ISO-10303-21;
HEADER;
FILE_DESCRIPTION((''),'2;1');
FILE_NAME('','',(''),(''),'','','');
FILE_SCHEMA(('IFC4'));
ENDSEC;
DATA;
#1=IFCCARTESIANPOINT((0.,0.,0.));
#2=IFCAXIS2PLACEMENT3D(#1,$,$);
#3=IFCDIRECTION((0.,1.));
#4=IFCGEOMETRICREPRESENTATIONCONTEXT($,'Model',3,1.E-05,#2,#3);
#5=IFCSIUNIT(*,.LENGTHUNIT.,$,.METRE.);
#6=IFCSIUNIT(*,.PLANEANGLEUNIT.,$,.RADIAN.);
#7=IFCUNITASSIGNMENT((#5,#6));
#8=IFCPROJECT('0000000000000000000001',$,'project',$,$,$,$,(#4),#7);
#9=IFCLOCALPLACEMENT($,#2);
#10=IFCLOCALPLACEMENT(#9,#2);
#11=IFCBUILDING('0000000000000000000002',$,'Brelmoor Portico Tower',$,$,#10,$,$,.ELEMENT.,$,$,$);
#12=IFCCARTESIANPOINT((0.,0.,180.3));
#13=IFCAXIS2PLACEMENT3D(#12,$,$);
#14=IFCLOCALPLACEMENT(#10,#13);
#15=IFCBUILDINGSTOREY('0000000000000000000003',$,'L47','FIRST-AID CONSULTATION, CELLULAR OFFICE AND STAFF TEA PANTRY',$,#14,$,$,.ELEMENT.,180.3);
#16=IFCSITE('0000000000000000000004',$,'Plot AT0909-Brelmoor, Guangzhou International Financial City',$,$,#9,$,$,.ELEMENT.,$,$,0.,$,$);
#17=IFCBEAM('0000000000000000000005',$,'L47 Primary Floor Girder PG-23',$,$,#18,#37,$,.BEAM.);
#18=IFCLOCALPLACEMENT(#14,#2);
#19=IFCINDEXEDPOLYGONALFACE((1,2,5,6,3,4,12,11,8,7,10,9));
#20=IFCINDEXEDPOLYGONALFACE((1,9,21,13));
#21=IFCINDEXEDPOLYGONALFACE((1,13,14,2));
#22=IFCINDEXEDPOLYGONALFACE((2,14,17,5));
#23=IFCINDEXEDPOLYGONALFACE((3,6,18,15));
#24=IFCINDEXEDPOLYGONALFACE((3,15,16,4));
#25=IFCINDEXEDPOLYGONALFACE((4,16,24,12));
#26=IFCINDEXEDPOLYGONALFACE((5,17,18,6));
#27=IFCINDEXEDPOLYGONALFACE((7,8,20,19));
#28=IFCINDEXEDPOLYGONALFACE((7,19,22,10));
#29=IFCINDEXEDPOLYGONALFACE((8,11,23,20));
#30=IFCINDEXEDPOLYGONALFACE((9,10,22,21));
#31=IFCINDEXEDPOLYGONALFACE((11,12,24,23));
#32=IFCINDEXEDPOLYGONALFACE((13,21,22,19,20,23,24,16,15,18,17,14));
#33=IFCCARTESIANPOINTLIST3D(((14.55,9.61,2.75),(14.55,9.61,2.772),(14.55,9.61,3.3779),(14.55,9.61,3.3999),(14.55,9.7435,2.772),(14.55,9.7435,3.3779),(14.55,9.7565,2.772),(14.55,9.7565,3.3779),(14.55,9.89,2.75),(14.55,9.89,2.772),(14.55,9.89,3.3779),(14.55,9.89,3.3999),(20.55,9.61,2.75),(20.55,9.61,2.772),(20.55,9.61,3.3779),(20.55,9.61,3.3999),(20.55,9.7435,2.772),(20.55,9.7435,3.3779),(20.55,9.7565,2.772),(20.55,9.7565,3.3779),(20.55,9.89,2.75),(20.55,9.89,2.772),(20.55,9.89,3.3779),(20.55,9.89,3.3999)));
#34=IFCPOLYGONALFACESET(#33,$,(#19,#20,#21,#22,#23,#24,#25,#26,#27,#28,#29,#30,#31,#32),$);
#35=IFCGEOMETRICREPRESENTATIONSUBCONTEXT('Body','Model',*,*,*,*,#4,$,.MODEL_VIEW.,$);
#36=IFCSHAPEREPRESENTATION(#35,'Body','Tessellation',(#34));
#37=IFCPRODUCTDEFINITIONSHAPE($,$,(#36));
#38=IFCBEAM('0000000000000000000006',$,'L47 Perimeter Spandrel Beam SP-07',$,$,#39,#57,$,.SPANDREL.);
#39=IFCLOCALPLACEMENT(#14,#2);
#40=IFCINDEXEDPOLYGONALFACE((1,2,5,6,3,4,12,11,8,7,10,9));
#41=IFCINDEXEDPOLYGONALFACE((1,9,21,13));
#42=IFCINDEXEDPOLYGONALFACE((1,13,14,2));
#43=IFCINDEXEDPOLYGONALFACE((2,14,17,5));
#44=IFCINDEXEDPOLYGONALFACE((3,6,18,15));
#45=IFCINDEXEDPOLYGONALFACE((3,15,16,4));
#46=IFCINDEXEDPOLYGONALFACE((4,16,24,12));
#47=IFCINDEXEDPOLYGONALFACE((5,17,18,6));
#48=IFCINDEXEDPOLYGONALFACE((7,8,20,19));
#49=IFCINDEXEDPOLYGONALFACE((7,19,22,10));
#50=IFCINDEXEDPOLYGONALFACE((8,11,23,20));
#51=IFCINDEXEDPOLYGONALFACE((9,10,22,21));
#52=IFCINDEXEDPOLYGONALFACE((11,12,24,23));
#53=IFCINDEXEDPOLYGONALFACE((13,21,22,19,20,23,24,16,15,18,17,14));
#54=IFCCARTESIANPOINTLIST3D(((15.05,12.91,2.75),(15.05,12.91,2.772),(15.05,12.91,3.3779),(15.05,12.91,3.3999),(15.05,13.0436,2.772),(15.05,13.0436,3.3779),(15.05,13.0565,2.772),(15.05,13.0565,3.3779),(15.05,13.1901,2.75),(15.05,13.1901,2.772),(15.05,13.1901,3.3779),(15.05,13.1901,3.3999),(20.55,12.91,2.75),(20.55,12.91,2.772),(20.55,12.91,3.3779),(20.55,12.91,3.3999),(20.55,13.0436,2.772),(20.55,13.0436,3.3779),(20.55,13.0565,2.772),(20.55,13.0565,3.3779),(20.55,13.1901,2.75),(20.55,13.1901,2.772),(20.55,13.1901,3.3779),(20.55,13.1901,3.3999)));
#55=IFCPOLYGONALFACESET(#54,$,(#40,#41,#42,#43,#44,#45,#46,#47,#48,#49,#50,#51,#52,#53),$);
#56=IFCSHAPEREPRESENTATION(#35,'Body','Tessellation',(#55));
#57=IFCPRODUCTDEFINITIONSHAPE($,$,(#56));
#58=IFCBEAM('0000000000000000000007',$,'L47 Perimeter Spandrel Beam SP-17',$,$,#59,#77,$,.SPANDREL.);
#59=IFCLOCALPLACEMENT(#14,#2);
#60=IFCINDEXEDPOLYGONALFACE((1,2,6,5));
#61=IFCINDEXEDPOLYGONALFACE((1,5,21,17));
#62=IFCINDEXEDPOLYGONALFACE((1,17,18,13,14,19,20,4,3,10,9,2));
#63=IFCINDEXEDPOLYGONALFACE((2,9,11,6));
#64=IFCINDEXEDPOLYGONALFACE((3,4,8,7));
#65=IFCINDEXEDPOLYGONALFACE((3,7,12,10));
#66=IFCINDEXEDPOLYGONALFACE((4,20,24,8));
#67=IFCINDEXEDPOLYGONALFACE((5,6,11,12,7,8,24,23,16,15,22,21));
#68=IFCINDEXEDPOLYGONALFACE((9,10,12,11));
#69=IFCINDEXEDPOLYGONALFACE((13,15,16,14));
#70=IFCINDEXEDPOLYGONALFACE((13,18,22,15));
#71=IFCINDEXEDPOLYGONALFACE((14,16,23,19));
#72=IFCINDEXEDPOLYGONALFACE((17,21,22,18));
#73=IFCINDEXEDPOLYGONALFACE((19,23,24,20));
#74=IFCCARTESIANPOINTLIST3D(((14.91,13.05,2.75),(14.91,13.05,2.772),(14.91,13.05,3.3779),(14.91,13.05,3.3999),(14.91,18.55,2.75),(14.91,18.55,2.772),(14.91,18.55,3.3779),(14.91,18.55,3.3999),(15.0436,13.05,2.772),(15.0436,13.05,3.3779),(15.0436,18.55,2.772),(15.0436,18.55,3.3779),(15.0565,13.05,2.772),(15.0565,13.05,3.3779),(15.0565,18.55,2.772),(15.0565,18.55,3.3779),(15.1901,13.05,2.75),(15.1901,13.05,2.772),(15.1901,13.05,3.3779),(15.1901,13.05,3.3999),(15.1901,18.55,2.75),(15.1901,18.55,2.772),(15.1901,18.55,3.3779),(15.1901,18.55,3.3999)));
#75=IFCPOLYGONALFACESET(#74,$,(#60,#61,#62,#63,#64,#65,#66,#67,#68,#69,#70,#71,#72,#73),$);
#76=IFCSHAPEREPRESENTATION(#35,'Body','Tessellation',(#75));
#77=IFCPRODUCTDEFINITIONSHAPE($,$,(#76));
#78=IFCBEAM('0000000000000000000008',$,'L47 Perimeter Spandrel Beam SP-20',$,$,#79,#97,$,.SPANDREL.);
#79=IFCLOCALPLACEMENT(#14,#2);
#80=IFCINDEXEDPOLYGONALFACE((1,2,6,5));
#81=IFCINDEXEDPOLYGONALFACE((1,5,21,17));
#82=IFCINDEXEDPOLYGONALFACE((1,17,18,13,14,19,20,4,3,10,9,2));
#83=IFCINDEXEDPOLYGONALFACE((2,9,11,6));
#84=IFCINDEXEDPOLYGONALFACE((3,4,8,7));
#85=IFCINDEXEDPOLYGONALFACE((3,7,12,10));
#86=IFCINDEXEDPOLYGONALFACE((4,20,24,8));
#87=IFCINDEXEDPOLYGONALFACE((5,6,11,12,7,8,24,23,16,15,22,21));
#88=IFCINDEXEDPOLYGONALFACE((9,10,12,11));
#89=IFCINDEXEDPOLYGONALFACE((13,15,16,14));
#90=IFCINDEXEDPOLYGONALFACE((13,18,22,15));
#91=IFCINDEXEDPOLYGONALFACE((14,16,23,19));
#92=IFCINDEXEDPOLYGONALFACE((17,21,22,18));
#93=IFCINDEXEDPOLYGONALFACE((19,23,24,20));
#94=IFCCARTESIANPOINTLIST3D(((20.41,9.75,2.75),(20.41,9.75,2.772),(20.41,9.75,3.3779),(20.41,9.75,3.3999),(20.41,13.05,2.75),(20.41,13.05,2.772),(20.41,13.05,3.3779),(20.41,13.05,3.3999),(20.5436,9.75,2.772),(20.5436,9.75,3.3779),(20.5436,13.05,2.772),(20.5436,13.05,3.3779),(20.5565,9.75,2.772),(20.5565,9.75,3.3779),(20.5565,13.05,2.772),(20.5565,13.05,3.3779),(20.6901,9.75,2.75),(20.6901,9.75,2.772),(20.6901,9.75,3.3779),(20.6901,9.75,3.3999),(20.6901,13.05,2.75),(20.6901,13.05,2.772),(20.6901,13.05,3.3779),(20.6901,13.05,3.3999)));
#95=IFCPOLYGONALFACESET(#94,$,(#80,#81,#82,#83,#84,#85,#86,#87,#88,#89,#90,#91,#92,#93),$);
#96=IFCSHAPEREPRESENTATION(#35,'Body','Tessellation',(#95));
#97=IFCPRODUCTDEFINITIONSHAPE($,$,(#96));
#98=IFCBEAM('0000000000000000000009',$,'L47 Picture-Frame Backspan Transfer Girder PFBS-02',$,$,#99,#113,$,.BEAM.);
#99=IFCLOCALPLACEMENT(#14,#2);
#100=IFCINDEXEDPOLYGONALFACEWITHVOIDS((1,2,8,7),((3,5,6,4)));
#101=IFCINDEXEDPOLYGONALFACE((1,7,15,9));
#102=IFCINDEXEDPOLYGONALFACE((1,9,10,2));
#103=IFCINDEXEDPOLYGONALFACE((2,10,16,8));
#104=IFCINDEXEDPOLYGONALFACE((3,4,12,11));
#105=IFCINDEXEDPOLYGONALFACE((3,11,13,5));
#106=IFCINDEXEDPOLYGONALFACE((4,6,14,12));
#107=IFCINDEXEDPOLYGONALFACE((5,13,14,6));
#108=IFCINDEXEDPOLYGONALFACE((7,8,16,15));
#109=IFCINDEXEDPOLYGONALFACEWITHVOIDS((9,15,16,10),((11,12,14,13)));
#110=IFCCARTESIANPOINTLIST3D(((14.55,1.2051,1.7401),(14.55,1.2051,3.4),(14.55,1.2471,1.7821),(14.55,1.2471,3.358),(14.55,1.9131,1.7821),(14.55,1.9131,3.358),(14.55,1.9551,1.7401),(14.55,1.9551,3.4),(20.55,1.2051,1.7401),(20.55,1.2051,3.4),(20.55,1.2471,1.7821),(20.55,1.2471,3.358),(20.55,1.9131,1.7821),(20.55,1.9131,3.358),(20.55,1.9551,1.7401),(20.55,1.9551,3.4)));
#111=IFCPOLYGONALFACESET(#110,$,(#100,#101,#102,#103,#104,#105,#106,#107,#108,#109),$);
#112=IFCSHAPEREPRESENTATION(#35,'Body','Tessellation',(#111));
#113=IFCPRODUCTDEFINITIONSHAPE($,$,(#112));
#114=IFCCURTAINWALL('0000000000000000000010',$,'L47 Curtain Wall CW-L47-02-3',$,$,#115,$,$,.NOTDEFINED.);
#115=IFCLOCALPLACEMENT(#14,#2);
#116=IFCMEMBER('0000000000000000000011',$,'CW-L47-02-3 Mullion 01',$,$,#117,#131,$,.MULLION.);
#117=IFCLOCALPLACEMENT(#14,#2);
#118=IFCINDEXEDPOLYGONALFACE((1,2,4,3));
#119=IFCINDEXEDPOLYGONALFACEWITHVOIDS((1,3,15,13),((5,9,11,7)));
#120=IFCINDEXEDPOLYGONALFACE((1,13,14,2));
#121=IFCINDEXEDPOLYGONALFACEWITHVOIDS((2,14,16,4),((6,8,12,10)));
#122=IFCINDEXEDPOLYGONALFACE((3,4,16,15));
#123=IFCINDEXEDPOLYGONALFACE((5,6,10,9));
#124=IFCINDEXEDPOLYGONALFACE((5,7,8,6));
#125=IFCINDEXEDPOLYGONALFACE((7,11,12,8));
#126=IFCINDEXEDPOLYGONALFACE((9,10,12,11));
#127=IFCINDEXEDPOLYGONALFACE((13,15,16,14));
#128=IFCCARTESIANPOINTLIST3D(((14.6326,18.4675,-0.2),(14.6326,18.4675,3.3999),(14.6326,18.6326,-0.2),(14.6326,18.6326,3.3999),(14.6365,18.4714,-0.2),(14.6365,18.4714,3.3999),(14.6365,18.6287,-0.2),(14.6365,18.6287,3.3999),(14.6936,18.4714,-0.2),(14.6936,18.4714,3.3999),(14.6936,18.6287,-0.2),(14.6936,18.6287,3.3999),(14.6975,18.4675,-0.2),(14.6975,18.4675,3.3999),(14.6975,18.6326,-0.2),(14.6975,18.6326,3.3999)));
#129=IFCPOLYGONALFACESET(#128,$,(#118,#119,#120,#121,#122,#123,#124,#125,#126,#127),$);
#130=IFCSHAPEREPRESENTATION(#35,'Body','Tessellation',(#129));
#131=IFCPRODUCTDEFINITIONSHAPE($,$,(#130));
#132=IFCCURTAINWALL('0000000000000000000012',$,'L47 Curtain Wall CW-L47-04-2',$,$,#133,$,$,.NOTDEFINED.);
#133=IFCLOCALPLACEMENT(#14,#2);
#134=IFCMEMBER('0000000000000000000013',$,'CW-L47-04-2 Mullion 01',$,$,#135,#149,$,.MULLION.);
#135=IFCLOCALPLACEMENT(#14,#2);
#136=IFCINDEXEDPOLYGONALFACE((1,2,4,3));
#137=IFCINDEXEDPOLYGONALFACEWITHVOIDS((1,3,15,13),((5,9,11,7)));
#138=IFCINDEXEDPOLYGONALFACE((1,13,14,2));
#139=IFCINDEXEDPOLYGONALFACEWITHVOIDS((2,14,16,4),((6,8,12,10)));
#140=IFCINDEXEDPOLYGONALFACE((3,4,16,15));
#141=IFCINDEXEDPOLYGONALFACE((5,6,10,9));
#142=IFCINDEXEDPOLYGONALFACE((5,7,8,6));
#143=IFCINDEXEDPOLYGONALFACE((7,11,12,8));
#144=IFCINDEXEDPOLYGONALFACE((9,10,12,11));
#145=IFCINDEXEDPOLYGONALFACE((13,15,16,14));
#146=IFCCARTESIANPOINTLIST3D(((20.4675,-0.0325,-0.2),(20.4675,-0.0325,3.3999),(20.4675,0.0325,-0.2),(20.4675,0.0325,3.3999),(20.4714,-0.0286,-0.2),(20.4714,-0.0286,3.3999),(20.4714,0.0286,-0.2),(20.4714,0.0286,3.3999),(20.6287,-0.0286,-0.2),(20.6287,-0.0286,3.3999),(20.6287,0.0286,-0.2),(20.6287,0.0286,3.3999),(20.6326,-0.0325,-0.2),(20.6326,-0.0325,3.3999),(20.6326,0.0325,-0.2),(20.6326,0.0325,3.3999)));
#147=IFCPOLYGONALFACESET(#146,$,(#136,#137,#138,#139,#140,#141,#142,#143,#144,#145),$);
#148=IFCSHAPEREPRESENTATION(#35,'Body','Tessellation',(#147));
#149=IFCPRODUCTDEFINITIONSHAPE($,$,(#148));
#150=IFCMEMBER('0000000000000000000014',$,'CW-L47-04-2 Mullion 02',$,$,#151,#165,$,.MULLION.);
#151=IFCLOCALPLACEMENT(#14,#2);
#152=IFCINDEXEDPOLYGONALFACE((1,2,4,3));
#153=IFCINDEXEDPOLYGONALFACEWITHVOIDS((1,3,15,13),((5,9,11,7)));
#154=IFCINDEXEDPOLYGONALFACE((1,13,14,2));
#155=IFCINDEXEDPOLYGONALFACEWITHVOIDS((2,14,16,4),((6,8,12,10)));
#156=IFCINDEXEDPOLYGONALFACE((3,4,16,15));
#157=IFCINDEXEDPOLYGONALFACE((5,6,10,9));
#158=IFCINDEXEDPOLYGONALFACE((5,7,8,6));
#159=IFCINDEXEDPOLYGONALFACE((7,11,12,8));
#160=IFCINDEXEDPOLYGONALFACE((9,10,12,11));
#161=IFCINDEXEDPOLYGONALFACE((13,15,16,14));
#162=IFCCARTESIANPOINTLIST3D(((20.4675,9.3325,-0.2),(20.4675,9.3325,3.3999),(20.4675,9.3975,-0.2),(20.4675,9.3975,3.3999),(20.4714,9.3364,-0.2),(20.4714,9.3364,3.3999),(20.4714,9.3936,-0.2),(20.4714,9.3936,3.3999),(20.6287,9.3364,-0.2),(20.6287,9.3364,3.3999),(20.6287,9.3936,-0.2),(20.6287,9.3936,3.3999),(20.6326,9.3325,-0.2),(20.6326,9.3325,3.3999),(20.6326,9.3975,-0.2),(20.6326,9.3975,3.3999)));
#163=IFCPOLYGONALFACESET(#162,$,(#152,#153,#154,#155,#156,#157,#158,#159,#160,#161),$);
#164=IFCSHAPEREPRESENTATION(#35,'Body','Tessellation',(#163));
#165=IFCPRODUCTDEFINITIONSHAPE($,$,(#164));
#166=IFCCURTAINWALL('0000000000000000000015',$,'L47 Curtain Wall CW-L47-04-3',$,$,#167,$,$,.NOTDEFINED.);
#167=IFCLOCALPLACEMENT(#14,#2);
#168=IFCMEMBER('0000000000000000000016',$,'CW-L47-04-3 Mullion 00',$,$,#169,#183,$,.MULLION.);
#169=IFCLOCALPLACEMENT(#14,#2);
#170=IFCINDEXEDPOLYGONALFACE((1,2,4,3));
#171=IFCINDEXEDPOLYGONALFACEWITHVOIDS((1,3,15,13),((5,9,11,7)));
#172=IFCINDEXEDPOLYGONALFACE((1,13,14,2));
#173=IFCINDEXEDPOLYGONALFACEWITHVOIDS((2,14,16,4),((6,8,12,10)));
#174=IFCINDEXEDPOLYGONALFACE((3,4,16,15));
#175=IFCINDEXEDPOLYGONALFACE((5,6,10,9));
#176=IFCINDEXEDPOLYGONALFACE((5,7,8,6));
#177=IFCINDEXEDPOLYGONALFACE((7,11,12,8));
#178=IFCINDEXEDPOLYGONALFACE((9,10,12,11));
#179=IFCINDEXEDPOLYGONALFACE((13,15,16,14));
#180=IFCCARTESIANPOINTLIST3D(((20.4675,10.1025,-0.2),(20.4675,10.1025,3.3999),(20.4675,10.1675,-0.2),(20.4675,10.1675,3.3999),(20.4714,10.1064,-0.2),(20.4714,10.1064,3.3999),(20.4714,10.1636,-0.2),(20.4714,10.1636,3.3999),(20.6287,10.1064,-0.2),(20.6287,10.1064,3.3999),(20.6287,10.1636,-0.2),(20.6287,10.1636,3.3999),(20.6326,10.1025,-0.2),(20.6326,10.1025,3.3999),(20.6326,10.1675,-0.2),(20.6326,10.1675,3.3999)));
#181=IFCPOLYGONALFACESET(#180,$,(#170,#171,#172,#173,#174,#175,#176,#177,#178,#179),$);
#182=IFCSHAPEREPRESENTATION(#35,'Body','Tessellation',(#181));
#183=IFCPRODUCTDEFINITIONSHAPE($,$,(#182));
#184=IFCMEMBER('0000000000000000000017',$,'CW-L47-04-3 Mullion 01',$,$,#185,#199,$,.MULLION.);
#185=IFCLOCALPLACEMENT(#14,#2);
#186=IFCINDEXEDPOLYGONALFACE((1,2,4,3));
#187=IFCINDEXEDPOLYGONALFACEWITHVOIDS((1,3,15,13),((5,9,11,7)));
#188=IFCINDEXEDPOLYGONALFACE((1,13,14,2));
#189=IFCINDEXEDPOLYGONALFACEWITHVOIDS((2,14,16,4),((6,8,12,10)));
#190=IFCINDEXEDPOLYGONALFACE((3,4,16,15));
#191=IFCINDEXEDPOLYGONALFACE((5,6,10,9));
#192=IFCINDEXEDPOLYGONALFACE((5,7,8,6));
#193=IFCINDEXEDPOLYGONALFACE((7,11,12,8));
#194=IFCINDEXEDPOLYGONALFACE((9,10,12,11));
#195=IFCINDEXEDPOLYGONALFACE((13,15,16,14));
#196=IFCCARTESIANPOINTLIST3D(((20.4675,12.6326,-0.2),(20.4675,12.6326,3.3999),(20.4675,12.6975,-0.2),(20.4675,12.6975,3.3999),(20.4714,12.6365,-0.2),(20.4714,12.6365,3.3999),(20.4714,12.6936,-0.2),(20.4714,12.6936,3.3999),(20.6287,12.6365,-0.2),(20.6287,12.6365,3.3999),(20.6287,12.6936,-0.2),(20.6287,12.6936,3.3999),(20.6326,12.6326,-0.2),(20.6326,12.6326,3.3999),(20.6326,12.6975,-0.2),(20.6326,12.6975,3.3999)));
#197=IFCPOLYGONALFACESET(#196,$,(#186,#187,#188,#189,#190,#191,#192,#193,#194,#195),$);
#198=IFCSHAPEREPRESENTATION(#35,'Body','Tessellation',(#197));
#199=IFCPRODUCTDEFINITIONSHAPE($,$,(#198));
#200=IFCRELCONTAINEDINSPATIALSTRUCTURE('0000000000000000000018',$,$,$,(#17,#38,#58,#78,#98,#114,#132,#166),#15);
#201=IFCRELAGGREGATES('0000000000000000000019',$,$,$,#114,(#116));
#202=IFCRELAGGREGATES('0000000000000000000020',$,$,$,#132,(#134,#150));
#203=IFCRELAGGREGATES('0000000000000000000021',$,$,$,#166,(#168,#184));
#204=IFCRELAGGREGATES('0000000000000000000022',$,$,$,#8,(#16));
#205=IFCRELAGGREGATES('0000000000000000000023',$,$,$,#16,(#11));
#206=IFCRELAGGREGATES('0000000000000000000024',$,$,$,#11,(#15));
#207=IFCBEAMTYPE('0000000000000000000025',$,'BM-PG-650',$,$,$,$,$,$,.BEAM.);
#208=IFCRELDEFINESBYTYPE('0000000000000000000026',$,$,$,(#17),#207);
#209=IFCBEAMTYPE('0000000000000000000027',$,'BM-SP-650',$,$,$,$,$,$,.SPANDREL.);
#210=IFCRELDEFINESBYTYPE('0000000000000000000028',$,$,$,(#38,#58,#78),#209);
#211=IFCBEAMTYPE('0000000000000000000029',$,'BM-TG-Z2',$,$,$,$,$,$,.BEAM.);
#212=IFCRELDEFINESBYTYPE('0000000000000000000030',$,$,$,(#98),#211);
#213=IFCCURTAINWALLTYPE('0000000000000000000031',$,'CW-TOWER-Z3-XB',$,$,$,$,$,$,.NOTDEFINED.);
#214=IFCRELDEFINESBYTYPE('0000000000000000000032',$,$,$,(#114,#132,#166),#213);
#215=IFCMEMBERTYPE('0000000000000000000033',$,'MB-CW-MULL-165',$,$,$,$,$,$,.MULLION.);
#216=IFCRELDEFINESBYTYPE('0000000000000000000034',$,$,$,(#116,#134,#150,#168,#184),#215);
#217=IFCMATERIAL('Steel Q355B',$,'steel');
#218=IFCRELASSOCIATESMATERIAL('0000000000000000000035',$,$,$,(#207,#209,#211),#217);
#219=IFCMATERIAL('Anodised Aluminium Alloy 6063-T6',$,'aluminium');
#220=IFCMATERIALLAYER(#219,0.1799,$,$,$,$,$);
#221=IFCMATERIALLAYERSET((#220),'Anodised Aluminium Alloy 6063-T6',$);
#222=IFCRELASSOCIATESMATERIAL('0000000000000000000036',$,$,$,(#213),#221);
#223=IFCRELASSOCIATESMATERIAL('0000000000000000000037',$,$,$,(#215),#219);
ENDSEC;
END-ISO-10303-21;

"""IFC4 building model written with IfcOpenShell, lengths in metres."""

from ifc_helpers import new_model, si_unit, direction, frame, origin, origin_2d, place, context, subcontext, project, spatial, hollow_rectangle, i_section, extrude, material, layer, layer_set, material_profile, profile_set, type_object, element, aggregate, save


model = new_model("IFC4")

# Units and contexts
model_context = context("Model", 3, precision=1e-05, world=origin(), true_north=direction((0.0, 1.0)))
body_context = subcontext(model_context, "Body", "Model", "MODEL_VIEW")
ifc_project = project(units=[si_unit("LENGTHUNIT", "METRE"), si_unit("PLANEANGLEUNIT", "RADIAN")], contexts=[model_context])

# Site, building, storey
site_placement = place(None, origin())
site = spatial("IfcSite", under=ifc_project, at=site_placement, Name="Plot AT0909-Brelmoor, Guangzhou International Financial City", CompositionType="ELEMENT", RefElevation=0.0)
building_placement = place(site_placement, origin())
building = spatial("IfcBuilding", under=site, at=building_placement, Name="Brelmoor Portico Tower", CompositionType="ELEMENT")
storey_placement = place(building_placement, frame((0.0, 0.0, 180.3)))
storey = spatial("IfcBuildingStorey", under=building, at=storey_placement, Name="L47", Description="FIRST-AID CONSULTATION, CELLULAR OFFICE AND STAFF TEA PANTRY", CompositionType="ELEMENT", Elevation=180.3)

# Shared definitions
ifc_material_1 = material(Name="Steel Q355B", Category="steel")

# Beams
ifc_material_profile_1 = material_profile(ifc_material_1, i_section(OverallWidth=0.28, OverallDepth=0.6499, WebThickness=0.0129, FlangeThickness=0.022, at=origin_2d()), Name="HN 650x280x13x22")
ifc_profile_set_1 = profile_set([ifc_material_profile_1], Name="Steel Q355B")
beam_type_1 = type_object("IfcBeamType", Name="BM-PG-650", PredefinedType="BEAM", material=ifc_profile_set_1)
beam_1_placement = place(storey_placement, frame((14.55, 9.75, 3.075), z_axis=(1.0, 0.0, 0.0), x_axis=(0.0, 1.0, 0.0)))
element("IfcBeam", 1, at=beam_1_placement, inside=storey, type_object=beam_type_1, Name="L47 Primary Floor Girder PG-23", PredefinedType="BEAM", context=body_context, shape_type="SweptSolid", body=[
    extrude(i_section(OverallWidth=0.28, OverallDepth=0.6499, WebThickness=0.0129, FlangeThickness=0.022, at=origin_2d()), origin(), (0.0, 0.0, 1.0), 6.0),
])
ifc_material_profile_2 = material_profile(ifc_material_1, i_section(OverallWidth=0.28, OverallDepth=0.6499, WebThickness=0.0129, FlangeThickness=0.022, at=origin_2d()), Name="HN 650x280x13x22")
ifc_profile_set_2 = profile_set([ifc_material_profile_2], Name="Steel Q355B")
beam_type_2 = type_object("IfcBeamType", Name="BM-SP-650", PredefinedType="SPANDREL", material=ifc_profile_set_2)
for number, where, z_axis, x_axis, name in (
    (2, (15.05, 13.05, 3.075), (1.0, 0.0, 0.0), (0.0, 1.0, 0.0), "L47 Perimeter Spandrel Beam SP-07"),
    (3, (15.05, 13.05, 3.075), (0.0, 1.0, 0.0), (-1.0, 0.0, 0.0), "L47 Perimeter Spandrel Beam SP-17"),
):
    element("IfcBeam", number, at=place(storey_placement, frame(where, z_axis=z_axis, x_axis=x_axis)), inside=storey, type_object=beam_type_2, Name=name, PredefinedType="SPANDREL", context=body_context, shape_type="SweptSolid", body=[
        extrude(i_section(OverallWidth=0.28, OverallDepth=0.6499, WebThickness=0.0129, FlangeThickness=0.022, at=origin_2d()), origin(), (0.0, 0.0, 1.0), 5.5),
    ])
beam_2_placement = place(storey_placement, frame((20.55, 9.75, 3.075), z_axis=(0.0, 1.0, 0.0), x_axis=(-1.0, 0.0, 0.0)))
element("IfcBeam", 4, at=beam_2_placement, inside=storey, type_object=beam_type_2, Name="L47 Perimeter Spandrel Beam SP-20", PredefinedType="SPANDREL", context=body_context, shape_type="SweptSolid", body=[
    extrude(i_section(OverallWidth=0.28, OverallDepth=0.6499, WebThickness=0.0129, FlangeThickness=0.022, at=origin_2d()), origin(), (0.0, 0.0, 1.0), 3.3),
])
ifc_material_profile_3 = material_profile(ifc_material_1, hollow_rectangle(XDim=0.75, YDim=1.6599, WallThickness=0.042, at=origin_2d()), Name="BOX 750x1660x42")
ifc_profile_set_3 = profile_set([ifc_material_profile_3], Name="Steel Q355B")
beam_type_3 = type_object("IfcBeamType", Name="BM-TG-Z2", PredefinedType="BEAM", material=ifc_profile_set_3)
beam_3_placement = place(storey_placement, frame((14.55, 1.5801, 2.5701), z_axis=(1.0, 0.0, 0.0), x_axis=(0.0, 1.0, 0.0)))
element("IfcBeam", 5, at=beam_3_placement, inside=storey, type_object=beam_type_3, Name="L47 Picture-Frame Backspan Transfer Girder PFBS-02", PredefinedType="BEAM", context=body_context, shape_type="SweptSolid", body=[
    extrude(hollow_rectangle(XDim=0.75, YDim=1.6599, WallThickness=0.042, at=origin_2d()), origin(), (0.0, 0.0, 1.0), 6.0),
])

# Curtain wall, member
ifc_material_2 = material(Name="Anodised Aluminium Alloy 6063-T6", Category="aluminium")
ifc_layer_1 = layer(ifc_material_2, 0.1799)
ifc_layer_set_1 = layer_set([ifc_layer_1], Name="Anodised Aluminium Alloy 6063-T6")
curtain_wall_type = type_object("IfcCurtainWallType", Name="CW-TOWER-Z3-XB", PredefinedType="NOTDEFINED", material=ifc_layer_set_1)
curtain_wall_1_placement = place(storey_placement, origin())
curtain_wall_1 = element("IfcCurtainWall", 6, at=curtain_wall_1_placement, inside=storey, type_object=curtain_wall_type, Name="L47 Curtain Wall CW-L47-02-3", PredefinedType="NOTDEFINED")
ifc_material_profile_4 = material_profile(ifc_material_2, hollow_rectangle(XDim=0.0649, YDim=0.165, WallThickness=0.0039, at=origin_2d()), Name="ALU MULLION 65x165")
ifc_profile_set_4 = profile_set([ifc_material_profile_4], Name="Anodised Aluminium Alloy 6063-T6")
member_type_1 = type_object("IfcMemberType", Name="MB-CW-MULL-165", PredefinedType="MULLION", material=ifc_profile_set_4)
member_1_placement = place(storey_placement, frame((14.665, 18.55, -0.2), z_axis=(0.0, 0.0, 1.0), x_axis=(1.0, 0.0, 0.0)))
member_1 = element("IfcMember", 7, at=member_1_placement, type_object=member_type_1, Name="CW-L47-02-3 Mullion 01", PredefinedType="MULLION", context=body_context, shape_type="SweptSolid", body=[
    extrude(hollow_rectangle(XDim=0.0649, YDim=0.165, WallThickness=0.0039, at=origin_2d()), origin(), (0.0, 0.0, 1.0), 3.5999),
])
aggregate(curtain_wall_1, [member_1])

# Curtain walls, members
curtain_wall_2_placement = place(storey_placement, origin())
curtain_wall_2 = element("IfcCurtainWall", 8, at=curtain_wall_2_placement, inside=storey, type_object=curtain_wall_type, Name="L47 Curtain Wall CW-L47-04-2", PredefinedType="NOTDEFINED")
member_2_placement = place(storey_placement, frame((20.55, 0.0, -0.2), z_axis=(0.0, 0.0, 1.0), x_axis=(0.0, 1.0, 0.0)))
member_2 = element("IfcMember", 9, at=member_2_placement, type_object=member_type_1, Name="CW-L47-04-2 Mullion 01", PredefinedType="MULLION", context=body_context, shape_type="SweptSolid", body=[
    extrude(hollow_rectangle(XDim=0.0649, YDim=0.165, WallThickness=0.0039, at=origin_2d()), origin(), (0.0, 0.0, 1.0), 3.5999),
])
member_3_placement = place(storey_placement, frame((20.55, 9.365, -0.2), z_axis=(0.0, 0.0, 1.0), x_axis=(0.0, 1.0, 0.0)))
member_3 = element("IfcMember", 10, at=member_3_placement, type_object=member_type_1, Name="CW-L47-04-2 Mullion 02", PredefinedType="MULLION", context=body_context, shape_type="SweptSolid", body=[
    extrude(hollow_rectangle(XDim=0.0649, YDim=0.165, WallThickness=0.0039, at=origin_2d()), origin(), (0.0, 0.0, 1.0), 3.5999),
])
curtain_wall_3_placement = place(storey_placement, origin())
curtain_wall_3 = element("IfcCurtainWall", 11, at=curtain_wall_3_placement, inside=storey, type_object=curtain_wall_type, Name="L47 Curtain Wall CW-L47-04-3", PredefinedType="NOTDEFINED")
member_4_placement = place(storey_placement, frame((20.55, 10.135, -0.2), z_axis=(0.0, 0.0, 1.0), x_axis=(0.0, 1.0, 0.0)))
member_4 = element("IfcMember", 12, at=member_4_placement, type_object=member_type_1, Name="CW-L47-04-3 Mullion 00", PredefinedType="MULLION", context=body_context, shape_type="SweptSolid", body=[
    extrude(hollow_rectangle(XDim=0.0649, YDim=0.165, WallThickness=0.0039, at=origin_2d()), origin(), (0.0, 0.0, 1.0), 3.5999),
])
member_5_placement = place(storey_placement, frame((20.55, 12.665, -0.2), z_axis=(0.0, 0.0, 1.0), x_axis=(0.0, 1.0, 0.0)))
member_5 = element("IfcMember", 13, at=member_5_placement, type_object=member_type_1, Name="CW-L47-04-3 Mullion 01", PredefinedType="MULLION", context=body_context, shape_type="SweptSolid", body=[
    extrude(hollow_rectangle(XDim=0.0649, YDim=0.165, WallThickness=0.0039, at=origin_2d()), origin(), (0.0, 0.0, 1.0), 3.5999),
])

aggregate(curtain_wall_2, [member_2, member_3])
aggregate(curtain_wall_3, [member_4, member_5])

save(model, "model.ifc")
